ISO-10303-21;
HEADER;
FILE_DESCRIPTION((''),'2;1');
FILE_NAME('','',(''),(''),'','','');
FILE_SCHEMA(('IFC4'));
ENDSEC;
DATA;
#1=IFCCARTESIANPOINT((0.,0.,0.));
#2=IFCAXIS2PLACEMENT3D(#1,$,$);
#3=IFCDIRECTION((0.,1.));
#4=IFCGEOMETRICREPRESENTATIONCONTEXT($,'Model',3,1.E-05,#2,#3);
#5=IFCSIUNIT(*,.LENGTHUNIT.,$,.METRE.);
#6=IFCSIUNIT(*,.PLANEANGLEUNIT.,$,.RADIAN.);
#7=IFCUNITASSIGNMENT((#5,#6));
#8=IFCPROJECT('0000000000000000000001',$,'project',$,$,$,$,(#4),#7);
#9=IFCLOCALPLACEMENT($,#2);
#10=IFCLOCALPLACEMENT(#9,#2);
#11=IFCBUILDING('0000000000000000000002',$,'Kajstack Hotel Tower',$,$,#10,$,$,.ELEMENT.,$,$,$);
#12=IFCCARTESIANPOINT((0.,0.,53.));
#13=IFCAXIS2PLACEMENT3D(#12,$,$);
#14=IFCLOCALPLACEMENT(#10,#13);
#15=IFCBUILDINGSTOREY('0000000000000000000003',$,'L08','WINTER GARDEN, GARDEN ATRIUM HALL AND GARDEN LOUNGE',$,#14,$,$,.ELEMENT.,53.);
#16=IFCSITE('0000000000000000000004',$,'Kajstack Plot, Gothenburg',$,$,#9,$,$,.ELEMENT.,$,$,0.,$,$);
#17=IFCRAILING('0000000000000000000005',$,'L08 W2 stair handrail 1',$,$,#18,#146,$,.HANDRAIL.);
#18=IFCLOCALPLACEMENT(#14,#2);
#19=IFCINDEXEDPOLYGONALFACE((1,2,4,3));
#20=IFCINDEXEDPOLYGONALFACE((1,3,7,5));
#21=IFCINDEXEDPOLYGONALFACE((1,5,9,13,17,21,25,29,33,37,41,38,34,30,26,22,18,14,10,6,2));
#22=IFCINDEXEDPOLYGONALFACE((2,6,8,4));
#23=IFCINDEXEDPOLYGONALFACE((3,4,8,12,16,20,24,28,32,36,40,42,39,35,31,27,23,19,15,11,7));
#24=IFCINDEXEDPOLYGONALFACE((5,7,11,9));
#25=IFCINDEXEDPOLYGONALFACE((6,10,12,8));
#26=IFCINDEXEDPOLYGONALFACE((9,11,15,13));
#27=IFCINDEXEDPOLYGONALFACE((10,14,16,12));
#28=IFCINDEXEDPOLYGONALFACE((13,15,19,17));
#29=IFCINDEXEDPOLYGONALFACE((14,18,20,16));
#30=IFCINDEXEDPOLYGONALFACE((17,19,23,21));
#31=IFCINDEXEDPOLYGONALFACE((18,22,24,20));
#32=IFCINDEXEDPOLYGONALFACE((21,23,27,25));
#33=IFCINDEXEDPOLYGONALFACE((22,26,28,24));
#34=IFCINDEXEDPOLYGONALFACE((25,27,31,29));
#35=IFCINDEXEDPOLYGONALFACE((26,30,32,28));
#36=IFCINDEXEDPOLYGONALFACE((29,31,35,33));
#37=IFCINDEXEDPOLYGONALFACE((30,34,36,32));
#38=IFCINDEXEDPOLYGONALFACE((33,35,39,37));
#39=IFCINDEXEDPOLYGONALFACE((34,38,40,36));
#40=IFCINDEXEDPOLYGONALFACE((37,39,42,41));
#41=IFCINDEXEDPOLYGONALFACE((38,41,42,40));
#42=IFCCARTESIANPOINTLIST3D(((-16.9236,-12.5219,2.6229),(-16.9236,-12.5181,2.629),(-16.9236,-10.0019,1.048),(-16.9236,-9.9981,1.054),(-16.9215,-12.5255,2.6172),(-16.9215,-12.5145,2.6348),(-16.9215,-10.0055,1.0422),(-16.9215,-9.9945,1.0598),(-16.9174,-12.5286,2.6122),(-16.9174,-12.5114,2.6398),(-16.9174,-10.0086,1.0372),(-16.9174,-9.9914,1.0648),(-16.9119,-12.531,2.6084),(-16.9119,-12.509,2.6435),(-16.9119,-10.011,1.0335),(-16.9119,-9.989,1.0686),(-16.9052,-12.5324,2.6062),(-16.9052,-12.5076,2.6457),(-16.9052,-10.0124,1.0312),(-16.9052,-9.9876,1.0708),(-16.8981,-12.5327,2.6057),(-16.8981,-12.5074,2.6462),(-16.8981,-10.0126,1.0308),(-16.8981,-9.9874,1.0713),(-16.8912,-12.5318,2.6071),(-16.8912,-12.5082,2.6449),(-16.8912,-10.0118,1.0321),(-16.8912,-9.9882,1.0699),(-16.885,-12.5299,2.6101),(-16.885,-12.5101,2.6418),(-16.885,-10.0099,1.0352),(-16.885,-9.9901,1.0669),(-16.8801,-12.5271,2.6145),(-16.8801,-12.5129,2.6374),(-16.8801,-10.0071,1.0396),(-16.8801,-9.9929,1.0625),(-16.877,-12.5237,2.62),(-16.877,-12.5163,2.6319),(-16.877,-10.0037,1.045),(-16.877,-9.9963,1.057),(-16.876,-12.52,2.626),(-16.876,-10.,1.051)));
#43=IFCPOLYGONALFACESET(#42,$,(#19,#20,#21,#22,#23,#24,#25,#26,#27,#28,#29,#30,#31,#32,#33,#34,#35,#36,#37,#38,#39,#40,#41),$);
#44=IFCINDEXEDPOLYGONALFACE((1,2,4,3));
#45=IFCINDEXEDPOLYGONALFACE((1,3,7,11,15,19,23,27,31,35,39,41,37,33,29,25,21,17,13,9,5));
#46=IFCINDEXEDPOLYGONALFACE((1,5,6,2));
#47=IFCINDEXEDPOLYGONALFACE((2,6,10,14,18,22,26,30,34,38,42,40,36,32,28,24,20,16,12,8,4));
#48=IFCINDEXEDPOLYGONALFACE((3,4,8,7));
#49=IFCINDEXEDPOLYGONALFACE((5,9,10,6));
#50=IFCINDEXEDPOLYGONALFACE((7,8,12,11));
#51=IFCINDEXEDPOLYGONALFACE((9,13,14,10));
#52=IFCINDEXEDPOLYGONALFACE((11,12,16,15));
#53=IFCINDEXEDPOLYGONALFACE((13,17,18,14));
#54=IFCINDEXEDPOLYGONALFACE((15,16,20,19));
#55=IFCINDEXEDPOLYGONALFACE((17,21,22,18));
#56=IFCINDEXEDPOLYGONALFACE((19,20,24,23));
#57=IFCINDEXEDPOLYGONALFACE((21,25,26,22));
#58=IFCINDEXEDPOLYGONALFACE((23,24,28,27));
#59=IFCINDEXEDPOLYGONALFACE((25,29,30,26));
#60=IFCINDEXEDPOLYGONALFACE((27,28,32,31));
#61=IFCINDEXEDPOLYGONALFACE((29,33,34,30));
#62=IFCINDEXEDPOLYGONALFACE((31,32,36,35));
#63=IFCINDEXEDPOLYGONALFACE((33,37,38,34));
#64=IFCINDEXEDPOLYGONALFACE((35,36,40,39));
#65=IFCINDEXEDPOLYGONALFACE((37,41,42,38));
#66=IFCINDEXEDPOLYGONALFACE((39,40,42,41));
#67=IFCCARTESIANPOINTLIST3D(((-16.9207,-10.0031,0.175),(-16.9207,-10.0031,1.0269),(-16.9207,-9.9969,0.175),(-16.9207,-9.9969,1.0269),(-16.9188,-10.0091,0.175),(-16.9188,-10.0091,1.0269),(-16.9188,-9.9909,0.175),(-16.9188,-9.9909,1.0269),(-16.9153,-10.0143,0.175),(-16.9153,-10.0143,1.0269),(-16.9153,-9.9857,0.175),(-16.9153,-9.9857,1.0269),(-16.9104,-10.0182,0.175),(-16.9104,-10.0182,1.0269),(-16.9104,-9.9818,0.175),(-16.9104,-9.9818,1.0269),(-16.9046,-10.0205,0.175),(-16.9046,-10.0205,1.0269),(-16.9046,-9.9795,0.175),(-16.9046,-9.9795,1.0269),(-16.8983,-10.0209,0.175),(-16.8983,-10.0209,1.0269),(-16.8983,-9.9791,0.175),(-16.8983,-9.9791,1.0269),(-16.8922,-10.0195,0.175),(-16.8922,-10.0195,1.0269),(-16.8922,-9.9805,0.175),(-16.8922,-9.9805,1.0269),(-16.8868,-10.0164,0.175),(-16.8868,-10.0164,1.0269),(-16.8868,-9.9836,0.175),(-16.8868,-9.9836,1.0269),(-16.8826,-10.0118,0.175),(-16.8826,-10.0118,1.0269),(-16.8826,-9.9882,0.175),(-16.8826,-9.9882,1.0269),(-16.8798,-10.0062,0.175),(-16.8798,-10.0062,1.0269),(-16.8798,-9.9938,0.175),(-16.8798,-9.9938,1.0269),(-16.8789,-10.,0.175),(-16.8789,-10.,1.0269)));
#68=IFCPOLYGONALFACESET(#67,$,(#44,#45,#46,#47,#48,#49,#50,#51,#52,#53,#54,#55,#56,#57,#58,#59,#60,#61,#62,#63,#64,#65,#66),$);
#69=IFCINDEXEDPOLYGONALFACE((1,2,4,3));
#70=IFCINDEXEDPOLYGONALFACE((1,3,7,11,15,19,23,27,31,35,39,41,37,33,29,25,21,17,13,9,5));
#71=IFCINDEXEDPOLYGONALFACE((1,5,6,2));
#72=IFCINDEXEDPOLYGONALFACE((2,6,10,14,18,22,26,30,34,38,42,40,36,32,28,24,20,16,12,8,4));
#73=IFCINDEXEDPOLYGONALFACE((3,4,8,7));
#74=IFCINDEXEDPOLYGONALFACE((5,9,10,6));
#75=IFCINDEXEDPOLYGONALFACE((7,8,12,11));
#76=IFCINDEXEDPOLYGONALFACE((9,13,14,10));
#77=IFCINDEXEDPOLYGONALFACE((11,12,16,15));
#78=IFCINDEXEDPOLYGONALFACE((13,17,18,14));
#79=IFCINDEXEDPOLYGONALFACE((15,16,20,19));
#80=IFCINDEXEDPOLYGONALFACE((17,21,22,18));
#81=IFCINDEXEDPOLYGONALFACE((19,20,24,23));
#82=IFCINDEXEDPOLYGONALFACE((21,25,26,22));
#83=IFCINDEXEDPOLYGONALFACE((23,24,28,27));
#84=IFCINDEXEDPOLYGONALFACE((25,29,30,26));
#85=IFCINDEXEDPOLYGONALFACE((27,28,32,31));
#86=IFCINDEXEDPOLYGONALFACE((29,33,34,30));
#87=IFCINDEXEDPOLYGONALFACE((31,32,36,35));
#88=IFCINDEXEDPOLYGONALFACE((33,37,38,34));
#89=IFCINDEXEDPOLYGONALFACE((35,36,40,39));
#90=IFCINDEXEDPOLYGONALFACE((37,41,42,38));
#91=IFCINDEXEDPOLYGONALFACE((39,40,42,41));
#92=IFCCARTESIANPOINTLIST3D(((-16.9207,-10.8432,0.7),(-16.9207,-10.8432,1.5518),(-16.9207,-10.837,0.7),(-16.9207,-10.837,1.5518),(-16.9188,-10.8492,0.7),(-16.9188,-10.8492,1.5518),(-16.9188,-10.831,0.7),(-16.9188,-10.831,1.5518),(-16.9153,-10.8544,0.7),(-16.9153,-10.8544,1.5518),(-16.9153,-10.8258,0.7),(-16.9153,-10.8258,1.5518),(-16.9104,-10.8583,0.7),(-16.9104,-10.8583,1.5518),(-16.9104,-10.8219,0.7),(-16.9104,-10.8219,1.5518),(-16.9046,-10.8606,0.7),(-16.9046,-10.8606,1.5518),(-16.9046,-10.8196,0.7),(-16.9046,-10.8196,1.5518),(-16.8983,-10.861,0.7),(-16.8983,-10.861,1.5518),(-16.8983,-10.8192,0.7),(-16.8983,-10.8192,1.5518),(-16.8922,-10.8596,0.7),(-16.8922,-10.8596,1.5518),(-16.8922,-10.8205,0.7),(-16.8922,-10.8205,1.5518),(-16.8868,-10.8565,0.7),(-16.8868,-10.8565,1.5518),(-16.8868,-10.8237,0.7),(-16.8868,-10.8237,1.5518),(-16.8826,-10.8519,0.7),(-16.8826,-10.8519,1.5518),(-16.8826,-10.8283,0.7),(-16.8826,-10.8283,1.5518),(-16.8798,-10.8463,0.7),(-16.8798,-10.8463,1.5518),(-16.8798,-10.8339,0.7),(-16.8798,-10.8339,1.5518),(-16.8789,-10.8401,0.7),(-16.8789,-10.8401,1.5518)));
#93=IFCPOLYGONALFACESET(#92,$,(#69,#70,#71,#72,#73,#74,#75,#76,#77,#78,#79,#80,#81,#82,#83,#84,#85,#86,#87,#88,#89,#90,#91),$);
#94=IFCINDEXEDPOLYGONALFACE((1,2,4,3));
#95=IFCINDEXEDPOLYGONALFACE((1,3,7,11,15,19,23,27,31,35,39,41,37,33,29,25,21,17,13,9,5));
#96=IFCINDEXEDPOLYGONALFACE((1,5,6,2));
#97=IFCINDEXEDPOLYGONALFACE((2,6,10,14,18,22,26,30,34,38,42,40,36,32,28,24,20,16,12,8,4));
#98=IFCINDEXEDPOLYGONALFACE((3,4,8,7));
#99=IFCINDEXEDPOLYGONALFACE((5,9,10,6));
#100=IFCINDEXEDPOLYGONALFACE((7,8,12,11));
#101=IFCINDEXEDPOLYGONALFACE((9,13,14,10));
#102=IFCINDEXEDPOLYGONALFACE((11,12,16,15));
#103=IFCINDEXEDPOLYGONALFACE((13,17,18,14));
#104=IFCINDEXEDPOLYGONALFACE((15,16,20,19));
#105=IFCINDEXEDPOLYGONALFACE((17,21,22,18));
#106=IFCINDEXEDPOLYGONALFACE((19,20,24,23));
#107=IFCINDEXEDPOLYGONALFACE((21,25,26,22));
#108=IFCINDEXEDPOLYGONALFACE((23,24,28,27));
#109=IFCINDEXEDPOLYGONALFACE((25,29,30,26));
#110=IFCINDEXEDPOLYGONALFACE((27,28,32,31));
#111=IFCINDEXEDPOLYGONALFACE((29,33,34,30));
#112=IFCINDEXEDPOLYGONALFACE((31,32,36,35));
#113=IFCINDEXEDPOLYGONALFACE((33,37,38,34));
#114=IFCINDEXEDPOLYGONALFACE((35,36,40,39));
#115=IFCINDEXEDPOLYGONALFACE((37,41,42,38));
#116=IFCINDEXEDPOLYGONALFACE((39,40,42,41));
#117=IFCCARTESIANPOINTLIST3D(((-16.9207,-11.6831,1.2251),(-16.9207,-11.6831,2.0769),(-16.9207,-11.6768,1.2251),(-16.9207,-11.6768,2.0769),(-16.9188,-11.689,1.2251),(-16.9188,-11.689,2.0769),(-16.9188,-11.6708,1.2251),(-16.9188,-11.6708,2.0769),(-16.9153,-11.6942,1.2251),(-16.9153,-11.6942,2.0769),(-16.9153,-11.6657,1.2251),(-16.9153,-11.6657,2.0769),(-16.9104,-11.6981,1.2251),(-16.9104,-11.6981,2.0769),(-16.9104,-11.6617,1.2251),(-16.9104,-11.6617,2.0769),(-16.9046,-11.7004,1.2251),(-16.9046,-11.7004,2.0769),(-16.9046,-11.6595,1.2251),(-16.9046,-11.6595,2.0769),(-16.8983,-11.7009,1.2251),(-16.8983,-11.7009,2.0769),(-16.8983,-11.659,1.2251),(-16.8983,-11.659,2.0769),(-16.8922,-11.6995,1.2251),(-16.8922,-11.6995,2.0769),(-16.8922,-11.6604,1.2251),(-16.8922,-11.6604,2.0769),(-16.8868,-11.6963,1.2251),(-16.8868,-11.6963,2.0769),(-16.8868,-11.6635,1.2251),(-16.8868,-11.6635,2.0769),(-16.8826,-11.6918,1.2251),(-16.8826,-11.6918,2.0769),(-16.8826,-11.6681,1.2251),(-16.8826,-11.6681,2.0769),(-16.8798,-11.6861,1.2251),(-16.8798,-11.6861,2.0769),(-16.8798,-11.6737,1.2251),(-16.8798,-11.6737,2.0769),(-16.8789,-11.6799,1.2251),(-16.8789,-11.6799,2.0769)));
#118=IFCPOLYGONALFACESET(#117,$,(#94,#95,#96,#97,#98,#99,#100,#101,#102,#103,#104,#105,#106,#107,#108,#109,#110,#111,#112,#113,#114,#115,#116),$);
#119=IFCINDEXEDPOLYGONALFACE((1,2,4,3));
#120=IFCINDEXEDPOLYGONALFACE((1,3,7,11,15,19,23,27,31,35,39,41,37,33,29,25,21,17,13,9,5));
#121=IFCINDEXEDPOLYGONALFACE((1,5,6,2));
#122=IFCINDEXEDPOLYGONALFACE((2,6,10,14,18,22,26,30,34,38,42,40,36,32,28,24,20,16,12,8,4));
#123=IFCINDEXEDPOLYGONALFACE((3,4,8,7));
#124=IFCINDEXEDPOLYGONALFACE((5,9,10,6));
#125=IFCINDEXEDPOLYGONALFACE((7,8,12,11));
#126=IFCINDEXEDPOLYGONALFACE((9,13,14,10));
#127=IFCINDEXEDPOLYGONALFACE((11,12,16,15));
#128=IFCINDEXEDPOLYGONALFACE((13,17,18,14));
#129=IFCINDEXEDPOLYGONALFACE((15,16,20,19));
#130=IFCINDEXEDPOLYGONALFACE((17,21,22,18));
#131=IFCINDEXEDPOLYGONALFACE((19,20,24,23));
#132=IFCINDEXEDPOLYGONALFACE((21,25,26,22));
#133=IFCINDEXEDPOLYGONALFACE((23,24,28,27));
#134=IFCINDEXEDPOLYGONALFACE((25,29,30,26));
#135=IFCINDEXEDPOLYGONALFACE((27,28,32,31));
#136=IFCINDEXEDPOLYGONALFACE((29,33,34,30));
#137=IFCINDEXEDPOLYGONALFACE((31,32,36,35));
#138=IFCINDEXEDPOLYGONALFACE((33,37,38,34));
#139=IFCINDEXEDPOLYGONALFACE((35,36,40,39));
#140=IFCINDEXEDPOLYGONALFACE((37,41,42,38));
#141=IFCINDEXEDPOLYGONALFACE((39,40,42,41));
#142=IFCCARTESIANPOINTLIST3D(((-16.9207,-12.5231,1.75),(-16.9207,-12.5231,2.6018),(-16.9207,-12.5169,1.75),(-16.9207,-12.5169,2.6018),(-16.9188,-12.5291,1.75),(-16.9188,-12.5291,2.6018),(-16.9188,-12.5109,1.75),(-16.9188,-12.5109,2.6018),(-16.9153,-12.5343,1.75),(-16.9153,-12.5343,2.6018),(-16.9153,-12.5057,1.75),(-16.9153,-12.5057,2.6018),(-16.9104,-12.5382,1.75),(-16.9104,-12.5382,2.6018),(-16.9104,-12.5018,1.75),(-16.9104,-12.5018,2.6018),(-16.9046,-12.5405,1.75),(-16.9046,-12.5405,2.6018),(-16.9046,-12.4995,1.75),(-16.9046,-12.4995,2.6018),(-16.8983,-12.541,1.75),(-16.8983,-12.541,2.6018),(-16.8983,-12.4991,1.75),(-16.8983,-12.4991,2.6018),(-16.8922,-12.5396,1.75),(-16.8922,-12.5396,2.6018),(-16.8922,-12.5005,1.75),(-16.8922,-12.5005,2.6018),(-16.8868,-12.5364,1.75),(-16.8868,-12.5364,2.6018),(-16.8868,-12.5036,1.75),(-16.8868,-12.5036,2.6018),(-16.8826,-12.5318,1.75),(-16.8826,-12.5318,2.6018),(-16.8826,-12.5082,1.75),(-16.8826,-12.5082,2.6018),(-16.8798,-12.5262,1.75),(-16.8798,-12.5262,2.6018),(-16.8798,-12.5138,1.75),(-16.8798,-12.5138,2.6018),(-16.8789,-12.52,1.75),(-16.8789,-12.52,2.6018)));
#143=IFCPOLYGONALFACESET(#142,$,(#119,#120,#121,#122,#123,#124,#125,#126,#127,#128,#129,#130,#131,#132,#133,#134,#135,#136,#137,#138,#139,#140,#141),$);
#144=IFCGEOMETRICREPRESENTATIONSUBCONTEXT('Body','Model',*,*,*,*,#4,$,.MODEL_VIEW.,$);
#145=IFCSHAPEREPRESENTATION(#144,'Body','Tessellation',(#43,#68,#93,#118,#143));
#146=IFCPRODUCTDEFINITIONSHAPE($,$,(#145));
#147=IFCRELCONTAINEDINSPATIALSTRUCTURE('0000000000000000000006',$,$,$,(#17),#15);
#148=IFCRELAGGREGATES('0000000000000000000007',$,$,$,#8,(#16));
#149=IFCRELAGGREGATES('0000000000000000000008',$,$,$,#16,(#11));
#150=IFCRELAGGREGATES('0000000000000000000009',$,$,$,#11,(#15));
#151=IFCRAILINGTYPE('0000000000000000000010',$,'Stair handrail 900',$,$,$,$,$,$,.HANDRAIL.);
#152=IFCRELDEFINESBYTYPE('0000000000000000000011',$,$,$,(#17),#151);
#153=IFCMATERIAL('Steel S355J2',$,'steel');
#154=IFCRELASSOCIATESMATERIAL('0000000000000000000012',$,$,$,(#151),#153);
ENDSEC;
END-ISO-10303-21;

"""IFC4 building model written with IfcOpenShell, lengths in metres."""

from ifc_helpers import new_model, si_unit, direction, frame, origin, origin_2d, place, context, subcontext, project, spatial, circle, extrude, material, type_object, element, save


model = new_model("IFC4")

# Units and contexts
model_context = context("Model", 3, precision=1e-05, world=origin(), true_north=direction((0.0, 1.0)))
body_context = subcontext(model_context, "Body", "Model", "MODEL_VIEW")
ifc_project = project(units=[si_unit("LENGTHUNIT", "METRE"), si_unit("PLANEANGLEUNIT", "RADIAN")], contexts=[model_context])

# Site, building, storey
site_placement = place(None, origin())
site = spatial("IfcSite", under=ifc_project, at=site_placement, Name="Kajstack Plot, Gothenburg", CompositionType="ELEMENT", RefElevation=0.0)
building_placement = place(site_placement, origin())
building = spatial("IfcBuilding", under=site, at=building_placement, Name="Kajstack Hotel Tower", CompositionType="ELEMENT")
storey_placement = place(building_placement, frame((0.0, 0.0, 53.0)))
storey = spatial("IfcBuildingStorey", under=building, at=storey_placement, Name="L08", Description="WINTER GARDEN, GARDEN ATRIUM HALL AND GARDEN LOUNGE", CompositionType="ELEMENT", Elevation=53.0)

# Railing
ifc_material_1 = material(Name="Steel S355J2", Category="steel")
railing_type_1 = type_object("IfcRailingType", Name="Stair handrail 900", PredefinedType="HANDRAIL", material=ifc_material_1)
for number, where, name in (
    (1, (-16.8999, -10.0, 0.175), "L08 W2 stair handrail 1"),
):
    element("IfcRailing", number, at=place(storey_placement, frame(where)), inside=storey, type_object=railing_type_1, Name=name, PredefinedType="HANDRAIL", context=body_context, shape_type="SweptSolid", body=[
        extrude(circle(Radius=0.0239, at=origin_2d()), frame((0.0, 0.0, 0.876), z_axis=(0.0, -0.848008, 0.529984), x_axis=(1.0, 0.0, 0.0)), (0.0, 0.0, 1.0), 2.9717),
        extrude(circle(Radius=0.021, at=origin_2d()), origin(), (0.0, 0.0, 1.0), 0.8518),
        extrude(circle(Radius=0.021, at=origin_2d()), frame((0.0, -0.8401, 0.5249)), (0.0, 0.0, 1.0), 0.8518),
        extrude(circle(Radius=0.021, at=origin_2d()), frame((0.0, -1.6799, 1.05)), (0.0, 0.0, 1.0), 0.8518),
        extrude(circle(Radius=0.021, at=origin_2d()), frame((0.0, -2.52, 1.575)), (0.0, 0.0, 1.0), 0.8518),
    ])

save(model, "model.ifc")
